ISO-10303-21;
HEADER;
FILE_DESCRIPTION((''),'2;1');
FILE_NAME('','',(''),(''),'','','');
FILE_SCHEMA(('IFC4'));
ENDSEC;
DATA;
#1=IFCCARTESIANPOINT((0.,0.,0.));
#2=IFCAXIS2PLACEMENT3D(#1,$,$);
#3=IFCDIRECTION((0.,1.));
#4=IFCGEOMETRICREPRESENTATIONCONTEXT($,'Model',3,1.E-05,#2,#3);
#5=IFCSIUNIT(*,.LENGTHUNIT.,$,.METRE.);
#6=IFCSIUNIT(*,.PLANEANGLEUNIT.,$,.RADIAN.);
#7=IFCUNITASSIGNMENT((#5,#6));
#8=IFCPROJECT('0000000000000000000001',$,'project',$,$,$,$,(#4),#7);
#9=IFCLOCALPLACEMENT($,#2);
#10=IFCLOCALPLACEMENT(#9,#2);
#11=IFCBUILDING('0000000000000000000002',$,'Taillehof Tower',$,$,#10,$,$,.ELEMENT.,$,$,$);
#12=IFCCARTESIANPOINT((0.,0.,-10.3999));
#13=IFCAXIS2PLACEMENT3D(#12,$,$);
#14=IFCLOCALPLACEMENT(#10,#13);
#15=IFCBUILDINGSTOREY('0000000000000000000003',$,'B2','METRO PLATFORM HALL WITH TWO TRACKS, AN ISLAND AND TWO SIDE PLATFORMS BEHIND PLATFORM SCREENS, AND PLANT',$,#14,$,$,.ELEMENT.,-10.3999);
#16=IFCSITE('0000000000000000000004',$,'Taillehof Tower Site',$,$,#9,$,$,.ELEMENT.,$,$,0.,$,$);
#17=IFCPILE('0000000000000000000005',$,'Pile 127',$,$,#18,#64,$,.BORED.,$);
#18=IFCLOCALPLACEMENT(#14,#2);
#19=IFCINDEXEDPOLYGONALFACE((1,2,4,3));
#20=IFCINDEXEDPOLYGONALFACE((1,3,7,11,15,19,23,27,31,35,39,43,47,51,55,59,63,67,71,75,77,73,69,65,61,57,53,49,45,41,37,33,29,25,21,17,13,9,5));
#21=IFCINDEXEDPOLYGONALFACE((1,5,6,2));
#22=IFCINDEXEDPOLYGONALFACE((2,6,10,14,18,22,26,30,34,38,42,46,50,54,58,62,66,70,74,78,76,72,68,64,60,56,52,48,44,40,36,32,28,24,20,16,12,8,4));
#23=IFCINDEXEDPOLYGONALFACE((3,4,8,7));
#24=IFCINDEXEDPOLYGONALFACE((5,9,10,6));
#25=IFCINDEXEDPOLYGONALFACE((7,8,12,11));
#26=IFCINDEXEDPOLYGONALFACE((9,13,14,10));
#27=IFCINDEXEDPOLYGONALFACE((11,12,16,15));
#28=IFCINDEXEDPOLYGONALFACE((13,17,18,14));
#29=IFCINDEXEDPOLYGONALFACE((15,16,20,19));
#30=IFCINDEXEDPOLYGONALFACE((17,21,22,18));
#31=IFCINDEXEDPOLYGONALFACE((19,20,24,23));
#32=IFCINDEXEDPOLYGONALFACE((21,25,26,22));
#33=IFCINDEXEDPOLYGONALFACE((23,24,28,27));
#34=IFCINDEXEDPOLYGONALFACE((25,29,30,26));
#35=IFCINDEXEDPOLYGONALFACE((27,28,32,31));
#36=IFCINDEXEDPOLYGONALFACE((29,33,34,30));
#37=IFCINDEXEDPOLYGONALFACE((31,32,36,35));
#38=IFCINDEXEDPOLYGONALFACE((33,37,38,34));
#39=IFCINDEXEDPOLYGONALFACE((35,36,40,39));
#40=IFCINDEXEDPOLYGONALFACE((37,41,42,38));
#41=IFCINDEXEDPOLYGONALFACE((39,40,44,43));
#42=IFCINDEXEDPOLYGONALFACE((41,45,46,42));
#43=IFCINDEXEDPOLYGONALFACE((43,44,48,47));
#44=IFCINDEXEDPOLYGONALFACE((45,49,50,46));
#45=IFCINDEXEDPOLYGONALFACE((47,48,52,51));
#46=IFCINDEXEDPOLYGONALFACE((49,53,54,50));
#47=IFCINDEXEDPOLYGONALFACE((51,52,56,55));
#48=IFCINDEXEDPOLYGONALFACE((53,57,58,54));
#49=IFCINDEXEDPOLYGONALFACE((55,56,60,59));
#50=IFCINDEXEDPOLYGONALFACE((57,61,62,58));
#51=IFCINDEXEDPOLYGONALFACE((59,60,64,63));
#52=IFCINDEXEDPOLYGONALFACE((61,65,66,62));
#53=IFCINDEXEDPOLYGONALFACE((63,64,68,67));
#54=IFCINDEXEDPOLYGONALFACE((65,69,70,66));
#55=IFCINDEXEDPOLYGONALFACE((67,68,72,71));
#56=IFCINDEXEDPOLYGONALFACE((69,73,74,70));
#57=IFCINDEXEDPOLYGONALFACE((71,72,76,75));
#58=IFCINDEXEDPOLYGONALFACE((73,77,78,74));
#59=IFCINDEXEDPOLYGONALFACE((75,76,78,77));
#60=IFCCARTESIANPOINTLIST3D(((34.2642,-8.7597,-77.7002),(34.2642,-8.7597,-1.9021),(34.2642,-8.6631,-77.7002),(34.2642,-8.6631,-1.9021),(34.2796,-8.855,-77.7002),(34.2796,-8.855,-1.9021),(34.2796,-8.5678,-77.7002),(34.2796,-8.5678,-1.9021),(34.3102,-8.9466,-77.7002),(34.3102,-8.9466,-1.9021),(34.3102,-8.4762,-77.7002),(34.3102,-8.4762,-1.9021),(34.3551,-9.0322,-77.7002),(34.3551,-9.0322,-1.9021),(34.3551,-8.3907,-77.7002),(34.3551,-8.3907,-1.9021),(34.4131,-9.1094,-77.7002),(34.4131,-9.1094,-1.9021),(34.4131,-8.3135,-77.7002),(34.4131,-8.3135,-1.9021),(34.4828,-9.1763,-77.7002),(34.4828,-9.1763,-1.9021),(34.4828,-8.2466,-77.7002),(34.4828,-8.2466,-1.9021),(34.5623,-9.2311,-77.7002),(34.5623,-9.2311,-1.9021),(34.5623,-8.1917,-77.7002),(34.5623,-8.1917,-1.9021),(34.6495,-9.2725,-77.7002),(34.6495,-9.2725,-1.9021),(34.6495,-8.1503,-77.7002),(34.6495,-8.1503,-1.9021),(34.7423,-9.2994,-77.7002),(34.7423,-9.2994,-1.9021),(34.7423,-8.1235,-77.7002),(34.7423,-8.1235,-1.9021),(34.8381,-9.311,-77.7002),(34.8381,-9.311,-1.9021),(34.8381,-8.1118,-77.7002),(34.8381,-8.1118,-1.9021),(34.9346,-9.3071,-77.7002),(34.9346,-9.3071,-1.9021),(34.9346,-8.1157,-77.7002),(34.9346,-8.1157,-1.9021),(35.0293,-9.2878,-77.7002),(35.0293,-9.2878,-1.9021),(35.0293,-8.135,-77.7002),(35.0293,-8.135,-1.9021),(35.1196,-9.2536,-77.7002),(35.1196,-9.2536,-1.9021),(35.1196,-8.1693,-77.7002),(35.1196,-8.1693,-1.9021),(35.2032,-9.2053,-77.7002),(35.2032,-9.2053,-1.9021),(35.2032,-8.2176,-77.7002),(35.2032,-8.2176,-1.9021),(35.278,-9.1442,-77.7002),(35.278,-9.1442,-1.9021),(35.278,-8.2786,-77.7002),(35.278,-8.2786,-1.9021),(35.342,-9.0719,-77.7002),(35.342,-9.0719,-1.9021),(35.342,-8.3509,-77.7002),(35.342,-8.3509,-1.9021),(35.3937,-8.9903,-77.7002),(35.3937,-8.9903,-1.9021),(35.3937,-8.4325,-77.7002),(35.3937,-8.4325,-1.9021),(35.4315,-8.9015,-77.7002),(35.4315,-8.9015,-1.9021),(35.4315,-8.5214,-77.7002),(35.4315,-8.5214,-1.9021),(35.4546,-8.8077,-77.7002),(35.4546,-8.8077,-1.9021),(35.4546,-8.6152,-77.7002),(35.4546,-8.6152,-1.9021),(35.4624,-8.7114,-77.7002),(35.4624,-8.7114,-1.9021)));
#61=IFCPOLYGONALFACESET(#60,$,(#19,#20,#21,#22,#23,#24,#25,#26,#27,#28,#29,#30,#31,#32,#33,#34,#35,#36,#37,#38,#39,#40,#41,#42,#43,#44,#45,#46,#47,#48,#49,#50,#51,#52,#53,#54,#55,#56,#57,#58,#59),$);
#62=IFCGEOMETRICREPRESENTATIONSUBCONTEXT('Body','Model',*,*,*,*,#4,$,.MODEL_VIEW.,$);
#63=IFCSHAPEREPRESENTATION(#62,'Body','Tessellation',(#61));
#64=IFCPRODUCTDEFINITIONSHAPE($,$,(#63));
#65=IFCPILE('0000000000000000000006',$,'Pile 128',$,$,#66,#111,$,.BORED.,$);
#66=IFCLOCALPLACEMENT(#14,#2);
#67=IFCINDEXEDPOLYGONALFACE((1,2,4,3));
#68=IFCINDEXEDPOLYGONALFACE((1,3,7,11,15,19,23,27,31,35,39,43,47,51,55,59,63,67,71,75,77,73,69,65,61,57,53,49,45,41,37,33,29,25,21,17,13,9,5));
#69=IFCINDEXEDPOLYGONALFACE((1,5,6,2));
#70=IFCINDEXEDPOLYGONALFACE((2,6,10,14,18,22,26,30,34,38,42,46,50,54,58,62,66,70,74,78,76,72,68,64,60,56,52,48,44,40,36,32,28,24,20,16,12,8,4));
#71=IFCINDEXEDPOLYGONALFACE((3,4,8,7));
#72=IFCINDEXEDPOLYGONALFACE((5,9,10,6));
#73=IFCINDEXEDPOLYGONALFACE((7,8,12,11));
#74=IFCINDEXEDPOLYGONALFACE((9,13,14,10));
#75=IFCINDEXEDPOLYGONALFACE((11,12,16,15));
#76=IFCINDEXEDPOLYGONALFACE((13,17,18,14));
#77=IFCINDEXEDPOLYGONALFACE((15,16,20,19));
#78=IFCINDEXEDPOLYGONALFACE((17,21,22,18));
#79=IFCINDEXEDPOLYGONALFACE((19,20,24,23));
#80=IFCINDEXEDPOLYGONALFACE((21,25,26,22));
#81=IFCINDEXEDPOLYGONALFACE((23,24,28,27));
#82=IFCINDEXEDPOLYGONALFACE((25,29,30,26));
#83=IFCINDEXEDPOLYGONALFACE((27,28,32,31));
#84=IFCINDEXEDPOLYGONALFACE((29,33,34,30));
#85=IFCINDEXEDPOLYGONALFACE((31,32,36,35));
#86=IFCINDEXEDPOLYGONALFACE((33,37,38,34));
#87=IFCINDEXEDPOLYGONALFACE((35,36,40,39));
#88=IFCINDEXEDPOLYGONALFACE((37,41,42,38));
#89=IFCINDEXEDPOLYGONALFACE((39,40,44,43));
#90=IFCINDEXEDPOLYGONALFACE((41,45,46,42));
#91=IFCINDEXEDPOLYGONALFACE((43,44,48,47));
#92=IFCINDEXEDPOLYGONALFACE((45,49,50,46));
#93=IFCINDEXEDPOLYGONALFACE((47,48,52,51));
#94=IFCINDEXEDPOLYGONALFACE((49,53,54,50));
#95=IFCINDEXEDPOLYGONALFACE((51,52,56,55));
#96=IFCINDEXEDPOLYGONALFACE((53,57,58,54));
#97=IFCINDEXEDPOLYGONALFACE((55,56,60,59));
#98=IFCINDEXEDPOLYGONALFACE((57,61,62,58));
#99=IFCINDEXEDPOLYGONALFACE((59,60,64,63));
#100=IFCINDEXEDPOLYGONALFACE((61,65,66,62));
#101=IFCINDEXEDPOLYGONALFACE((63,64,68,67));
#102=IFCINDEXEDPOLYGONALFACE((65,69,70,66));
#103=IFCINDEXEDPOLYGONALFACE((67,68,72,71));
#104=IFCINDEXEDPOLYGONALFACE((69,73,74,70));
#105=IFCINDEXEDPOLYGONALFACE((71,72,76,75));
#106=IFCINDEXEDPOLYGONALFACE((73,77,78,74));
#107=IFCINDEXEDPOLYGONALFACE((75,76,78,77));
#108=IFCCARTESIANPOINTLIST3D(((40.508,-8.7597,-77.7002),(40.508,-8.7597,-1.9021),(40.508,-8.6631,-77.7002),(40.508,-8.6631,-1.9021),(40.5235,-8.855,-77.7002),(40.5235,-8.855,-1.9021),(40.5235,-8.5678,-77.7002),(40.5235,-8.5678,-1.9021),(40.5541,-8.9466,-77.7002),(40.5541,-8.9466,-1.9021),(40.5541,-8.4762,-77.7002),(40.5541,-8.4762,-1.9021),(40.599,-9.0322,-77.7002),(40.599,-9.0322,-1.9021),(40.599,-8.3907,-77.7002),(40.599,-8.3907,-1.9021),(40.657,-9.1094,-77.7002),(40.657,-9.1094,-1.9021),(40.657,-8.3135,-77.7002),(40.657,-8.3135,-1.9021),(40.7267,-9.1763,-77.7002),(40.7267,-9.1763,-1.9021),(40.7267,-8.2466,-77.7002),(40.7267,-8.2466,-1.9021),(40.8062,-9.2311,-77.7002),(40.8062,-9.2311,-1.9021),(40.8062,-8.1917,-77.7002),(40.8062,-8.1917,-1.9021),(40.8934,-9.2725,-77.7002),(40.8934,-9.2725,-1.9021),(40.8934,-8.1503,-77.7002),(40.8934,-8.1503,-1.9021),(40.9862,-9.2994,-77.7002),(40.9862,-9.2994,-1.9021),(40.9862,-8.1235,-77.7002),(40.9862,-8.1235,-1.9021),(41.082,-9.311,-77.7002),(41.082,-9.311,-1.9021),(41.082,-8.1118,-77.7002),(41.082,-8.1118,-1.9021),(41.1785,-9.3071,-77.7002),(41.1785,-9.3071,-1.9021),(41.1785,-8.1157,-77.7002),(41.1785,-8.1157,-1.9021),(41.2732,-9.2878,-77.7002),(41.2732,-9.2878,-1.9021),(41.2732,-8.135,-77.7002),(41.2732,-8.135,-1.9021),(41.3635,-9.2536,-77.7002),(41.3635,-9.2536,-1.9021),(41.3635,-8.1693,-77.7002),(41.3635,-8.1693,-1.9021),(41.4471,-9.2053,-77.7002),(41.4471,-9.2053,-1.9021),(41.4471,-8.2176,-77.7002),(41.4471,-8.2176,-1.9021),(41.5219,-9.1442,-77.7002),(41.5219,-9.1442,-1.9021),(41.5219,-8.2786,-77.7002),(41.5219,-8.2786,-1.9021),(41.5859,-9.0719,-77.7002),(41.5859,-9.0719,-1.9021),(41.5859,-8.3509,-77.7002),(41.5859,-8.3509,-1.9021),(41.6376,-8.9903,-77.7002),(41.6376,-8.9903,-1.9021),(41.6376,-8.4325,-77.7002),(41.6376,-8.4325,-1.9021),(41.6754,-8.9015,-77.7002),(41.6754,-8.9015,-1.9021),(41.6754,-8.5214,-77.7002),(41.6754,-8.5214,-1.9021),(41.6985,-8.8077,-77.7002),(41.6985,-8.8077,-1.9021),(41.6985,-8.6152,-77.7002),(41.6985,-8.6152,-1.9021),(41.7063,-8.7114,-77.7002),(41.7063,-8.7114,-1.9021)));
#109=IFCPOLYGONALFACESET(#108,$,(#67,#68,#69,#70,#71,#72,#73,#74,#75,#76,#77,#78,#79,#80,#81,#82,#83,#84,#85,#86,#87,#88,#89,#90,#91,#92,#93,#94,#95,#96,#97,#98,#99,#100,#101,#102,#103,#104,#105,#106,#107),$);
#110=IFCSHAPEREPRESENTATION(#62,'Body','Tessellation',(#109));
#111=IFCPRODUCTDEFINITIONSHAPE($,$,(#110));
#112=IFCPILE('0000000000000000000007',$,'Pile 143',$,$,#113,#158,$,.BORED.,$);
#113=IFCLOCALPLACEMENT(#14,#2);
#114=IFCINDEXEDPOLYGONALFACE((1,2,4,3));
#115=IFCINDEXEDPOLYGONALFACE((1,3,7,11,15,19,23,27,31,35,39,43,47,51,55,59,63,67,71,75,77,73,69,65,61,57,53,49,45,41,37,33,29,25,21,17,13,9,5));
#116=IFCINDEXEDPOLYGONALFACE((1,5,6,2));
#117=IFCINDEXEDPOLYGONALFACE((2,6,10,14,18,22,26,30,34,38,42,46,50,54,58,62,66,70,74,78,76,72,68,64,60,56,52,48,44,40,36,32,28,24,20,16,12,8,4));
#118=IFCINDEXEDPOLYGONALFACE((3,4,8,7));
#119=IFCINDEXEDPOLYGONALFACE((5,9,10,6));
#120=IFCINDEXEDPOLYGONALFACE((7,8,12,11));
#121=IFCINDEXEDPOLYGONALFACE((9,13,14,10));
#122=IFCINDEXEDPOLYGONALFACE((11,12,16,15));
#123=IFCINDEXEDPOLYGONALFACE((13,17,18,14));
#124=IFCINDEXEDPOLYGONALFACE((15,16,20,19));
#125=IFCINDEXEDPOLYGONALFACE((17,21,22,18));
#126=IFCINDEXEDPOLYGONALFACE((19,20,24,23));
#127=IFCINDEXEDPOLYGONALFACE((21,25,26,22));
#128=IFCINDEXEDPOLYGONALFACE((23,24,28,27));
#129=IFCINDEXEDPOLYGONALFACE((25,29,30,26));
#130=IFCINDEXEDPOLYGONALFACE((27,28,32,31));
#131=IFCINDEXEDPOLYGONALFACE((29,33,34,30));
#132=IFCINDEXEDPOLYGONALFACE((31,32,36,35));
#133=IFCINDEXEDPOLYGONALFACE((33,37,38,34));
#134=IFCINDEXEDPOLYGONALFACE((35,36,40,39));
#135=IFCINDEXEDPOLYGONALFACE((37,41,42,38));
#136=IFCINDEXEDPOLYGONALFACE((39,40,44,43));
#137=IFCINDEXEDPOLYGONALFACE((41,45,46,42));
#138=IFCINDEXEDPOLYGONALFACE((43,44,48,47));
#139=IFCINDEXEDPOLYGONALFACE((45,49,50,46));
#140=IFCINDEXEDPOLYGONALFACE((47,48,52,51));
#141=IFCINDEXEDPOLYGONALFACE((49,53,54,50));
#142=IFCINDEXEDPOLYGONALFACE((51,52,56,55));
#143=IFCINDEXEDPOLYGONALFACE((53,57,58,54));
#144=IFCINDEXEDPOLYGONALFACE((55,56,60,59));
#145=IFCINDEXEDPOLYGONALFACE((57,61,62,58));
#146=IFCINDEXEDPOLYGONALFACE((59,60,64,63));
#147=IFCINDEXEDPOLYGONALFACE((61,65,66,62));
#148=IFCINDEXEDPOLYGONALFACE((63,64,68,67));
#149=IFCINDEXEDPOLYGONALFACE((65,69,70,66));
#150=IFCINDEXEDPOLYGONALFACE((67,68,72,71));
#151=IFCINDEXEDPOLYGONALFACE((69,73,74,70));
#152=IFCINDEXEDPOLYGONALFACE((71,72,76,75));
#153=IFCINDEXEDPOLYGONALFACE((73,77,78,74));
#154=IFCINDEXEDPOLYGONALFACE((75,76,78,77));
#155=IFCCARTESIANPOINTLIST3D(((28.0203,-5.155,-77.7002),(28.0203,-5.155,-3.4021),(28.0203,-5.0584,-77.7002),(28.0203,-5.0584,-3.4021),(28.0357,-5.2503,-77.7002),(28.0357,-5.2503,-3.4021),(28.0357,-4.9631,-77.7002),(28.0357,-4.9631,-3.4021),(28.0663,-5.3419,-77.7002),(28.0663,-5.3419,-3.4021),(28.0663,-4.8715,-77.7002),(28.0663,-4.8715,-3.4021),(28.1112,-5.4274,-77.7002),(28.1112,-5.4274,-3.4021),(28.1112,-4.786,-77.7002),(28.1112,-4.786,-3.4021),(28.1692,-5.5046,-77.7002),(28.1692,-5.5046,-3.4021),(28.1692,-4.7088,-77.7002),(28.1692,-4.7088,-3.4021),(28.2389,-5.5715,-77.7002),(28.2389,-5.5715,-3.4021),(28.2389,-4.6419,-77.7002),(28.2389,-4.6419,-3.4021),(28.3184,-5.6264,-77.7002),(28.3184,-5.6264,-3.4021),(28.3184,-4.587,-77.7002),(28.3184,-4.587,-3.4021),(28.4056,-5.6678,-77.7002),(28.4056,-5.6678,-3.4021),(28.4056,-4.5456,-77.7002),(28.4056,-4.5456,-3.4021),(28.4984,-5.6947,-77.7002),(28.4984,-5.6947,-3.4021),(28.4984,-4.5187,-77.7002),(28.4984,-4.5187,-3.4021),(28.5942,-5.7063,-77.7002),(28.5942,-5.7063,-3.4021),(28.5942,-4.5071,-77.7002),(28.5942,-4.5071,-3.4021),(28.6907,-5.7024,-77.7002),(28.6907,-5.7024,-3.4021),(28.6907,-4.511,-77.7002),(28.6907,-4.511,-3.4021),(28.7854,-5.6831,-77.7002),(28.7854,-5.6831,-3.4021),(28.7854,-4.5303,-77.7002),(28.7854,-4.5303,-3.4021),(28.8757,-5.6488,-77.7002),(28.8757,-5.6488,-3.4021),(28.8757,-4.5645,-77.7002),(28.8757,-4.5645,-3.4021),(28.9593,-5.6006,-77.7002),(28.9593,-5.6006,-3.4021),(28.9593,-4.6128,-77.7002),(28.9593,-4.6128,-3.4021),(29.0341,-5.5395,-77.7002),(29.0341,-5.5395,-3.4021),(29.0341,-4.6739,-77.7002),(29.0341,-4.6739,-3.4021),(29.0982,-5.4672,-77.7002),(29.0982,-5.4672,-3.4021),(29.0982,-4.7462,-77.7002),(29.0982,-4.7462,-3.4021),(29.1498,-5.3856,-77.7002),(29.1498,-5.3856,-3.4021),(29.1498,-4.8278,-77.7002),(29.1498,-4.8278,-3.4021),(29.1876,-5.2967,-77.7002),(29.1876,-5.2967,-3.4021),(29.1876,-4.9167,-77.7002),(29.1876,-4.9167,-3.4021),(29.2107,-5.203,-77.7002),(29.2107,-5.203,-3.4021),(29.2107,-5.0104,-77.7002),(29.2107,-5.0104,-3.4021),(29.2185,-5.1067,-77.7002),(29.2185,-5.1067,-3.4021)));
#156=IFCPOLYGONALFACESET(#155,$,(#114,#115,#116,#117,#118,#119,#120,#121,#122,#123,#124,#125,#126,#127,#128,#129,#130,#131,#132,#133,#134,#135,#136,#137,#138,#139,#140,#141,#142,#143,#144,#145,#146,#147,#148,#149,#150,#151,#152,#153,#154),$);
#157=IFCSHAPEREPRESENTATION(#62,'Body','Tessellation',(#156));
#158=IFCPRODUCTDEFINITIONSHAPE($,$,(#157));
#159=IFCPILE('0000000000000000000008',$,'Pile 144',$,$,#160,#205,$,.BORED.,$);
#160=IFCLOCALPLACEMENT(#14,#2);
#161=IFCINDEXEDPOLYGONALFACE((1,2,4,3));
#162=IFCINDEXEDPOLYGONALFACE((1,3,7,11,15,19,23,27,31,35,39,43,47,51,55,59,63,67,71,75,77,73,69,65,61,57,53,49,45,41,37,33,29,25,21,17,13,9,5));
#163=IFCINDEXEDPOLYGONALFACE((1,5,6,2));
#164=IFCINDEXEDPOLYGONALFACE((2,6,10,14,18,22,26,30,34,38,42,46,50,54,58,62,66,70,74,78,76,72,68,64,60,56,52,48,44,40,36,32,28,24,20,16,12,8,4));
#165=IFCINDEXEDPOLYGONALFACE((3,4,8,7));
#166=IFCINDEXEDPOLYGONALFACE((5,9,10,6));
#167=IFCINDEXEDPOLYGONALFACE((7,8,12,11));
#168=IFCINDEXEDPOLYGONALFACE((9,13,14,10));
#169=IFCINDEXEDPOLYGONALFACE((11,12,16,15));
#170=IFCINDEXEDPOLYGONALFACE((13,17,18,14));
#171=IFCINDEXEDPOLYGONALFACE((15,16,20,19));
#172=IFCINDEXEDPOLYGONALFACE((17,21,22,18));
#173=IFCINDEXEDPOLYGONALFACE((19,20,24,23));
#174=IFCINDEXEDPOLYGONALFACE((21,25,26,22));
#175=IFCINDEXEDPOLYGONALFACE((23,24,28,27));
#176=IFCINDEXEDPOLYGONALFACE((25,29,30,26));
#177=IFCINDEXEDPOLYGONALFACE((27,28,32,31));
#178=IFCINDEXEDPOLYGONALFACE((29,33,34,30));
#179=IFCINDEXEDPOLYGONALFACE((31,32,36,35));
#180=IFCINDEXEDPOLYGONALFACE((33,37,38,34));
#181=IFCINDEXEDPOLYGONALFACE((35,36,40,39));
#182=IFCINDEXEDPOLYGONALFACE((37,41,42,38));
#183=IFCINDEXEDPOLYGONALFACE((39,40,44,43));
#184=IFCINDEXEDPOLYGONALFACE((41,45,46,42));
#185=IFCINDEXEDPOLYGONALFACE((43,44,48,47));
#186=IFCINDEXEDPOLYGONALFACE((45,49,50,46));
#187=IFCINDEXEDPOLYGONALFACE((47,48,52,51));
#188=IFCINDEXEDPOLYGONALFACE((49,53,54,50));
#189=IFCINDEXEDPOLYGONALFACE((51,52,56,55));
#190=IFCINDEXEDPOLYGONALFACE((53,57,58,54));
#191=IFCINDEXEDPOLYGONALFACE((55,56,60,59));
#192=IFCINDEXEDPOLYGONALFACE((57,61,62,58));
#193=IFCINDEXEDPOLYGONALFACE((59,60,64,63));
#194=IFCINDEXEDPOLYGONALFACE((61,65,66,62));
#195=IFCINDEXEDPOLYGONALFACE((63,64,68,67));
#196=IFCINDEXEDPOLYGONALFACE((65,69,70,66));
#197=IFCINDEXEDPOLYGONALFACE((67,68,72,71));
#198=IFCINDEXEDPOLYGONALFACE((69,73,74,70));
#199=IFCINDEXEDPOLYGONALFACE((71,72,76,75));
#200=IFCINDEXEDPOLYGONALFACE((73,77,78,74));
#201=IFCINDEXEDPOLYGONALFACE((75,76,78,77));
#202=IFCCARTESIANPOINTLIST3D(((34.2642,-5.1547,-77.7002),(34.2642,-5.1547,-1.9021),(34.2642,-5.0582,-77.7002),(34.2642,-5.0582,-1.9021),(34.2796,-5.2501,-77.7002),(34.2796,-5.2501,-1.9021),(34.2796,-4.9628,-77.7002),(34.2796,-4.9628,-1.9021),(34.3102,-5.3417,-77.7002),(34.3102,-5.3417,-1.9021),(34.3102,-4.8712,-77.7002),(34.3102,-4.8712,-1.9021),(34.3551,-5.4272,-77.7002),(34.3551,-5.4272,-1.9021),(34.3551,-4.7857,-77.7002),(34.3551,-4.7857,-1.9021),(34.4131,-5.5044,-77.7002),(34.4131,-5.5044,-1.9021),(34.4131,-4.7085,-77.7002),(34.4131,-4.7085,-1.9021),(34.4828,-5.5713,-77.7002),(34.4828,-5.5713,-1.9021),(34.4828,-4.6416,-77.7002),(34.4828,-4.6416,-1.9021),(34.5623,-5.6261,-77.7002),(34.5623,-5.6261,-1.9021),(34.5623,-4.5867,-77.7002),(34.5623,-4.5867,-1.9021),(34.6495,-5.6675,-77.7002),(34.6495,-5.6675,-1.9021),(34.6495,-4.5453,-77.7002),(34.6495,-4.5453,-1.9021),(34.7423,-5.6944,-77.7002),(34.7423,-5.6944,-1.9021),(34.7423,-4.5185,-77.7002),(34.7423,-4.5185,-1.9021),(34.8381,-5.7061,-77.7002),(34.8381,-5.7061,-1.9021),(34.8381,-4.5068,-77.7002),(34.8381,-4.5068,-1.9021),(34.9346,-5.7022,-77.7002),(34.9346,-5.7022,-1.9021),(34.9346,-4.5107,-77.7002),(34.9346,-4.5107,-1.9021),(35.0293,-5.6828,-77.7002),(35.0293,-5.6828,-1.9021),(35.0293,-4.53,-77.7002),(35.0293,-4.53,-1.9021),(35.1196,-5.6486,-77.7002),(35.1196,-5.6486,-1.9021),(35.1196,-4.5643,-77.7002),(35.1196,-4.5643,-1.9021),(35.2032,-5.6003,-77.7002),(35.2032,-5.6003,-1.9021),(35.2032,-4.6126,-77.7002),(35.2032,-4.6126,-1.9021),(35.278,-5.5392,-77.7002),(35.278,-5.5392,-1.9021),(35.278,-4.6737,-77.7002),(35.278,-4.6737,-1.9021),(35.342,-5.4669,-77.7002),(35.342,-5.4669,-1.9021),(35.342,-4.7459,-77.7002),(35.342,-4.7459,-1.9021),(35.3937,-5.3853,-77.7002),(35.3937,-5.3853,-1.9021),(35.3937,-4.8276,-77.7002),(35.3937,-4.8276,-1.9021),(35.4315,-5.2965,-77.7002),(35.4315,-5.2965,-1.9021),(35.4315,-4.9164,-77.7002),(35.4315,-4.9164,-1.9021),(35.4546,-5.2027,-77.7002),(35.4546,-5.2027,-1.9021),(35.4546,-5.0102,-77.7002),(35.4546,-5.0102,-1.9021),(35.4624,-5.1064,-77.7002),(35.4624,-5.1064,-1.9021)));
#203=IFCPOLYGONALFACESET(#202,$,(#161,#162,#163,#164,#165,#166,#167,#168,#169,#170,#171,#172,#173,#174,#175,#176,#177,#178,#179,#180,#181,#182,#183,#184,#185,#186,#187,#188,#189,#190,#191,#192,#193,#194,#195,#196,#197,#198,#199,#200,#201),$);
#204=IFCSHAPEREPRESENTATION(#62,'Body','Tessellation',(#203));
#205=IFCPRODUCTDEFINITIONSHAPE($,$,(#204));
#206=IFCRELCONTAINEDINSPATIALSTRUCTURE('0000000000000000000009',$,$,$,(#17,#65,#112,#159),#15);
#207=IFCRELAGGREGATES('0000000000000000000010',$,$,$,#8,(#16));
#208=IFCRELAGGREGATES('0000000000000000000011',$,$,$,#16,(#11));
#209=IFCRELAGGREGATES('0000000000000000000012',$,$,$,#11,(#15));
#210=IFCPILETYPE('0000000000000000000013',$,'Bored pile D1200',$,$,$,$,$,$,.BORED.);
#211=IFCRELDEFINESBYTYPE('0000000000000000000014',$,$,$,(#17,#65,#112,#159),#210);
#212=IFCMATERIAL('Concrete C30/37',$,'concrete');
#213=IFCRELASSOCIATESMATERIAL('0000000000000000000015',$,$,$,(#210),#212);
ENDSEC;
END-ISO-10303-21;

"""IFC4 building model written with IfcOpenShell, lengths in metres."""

from ifc_helpers import new_model, si_unit, direction, frame, origin, origin_2d, place, context, subcontext, project, spatial, circle, extrude, material, material_profile, profile_set, type_object, element, save


model = new_model("IFC4")

# Units and contexts
model_context = context("Model", 3, precision=1e-05, world=origin(), true_north=direction((0.0, 1.0)))
body_context = subcontext(model_context, "Body", "Model", "MODEL_VIEW")
ifc_project = project(units=[si_unit("LENGTHUNIT", "METRE"), si_unit("PLANEANGLEUNIT", "RADIAN")], contexts=[model_context])

# Site, building, storey
site_placement = place(None, origin())
site = spatial("IfcSite", under=ifc_project, at=site_placement, Name="Taillehof Tower Site", CompositionType="ELEMENT", RefElevation=0.0)
building_placement = place(site_placement, origin())
building = spatial("IfcBuilding", under=site, at=building_placement, Name="Taillehof Tower", CompositionType="ELEMENT")
storey_placement = place(building_placement, frame((0.0, 0.0, -10.3999)))
storey = spatial("IfcBuildingStorey", under=building, at=storey_placement, Name="B2", Description="METRO PLATFORM HALL WITH TWO TRACKS, AN ISLAND AND TWO SIDE PLATFORMS BEHIND PLATFORM SCREENS, AND PLANT", CompositionType="ELEMENT", Elevation=-10.3999)

# Piles
ifc_material_1 = material(Name="Concrete C30/37", Category="concrete")
ifc_material_profile_1 = material_profile(ifc_material_1, circle(Radius=0.6001, at=origin_2d()), Name="BP D1200")
ifc_profile_set_1 = profile_set([ifc_material_profile_1], Name="Concrete C30/37")
pile_type = type_object("IfcPileType", Name="Bored pile D1200", PredefinedType="BORED", material=ifc_profile_set_1)
for number, where, z_axis, x_axis, name in (
    (1, (34.8623, -8.7114, -1.9021), (0.0, 0.0, -1.0), (1.0, 0.0, 0.0), "Pile 127"),
    (2, (41.1062, -8.7114, -1.9021), (0.0, 0.0, -1.0), (1.0, 0.0, 0.0), "Pile 128"),
):
    element("IfcPile", number, at=place(storey_placement, frame(where, z_axis=z_axis, x_axis=x_axis)), inside=storey, type_object=pile_type, Name=name, PredefinedType="BORED", context=body_context, shape_type="SweptSolid", body=[
        extrude(circle(Radius=0.6001, at=origin_2d()), origin(), (0.0, 0.0, 1.0), 75.7981),
    ])
pile_1_placement = place(storey_placement, frame((28.6184, -5.1067, -3.4021), z_axis=(0.0, 0.0, -1.0), x_axis=(1.0, 0.0, 0.0)))
element("IfcPile", 3, at=pile_1_placement, inside=storey, type_object=pile_type, Name="Pile 143", PredefinedType="BORED", context=body_context, shape_type="SweptSolid", body=[
    extrude(circle(Radius=0.6001, at=origin_2d()), origin(), (0.0, 0.0, 1.0), 74.2981),
])
for number, where, z_axis, x_axis, name in (
    (4, (34.8623, -5.1064, -1.9021), (0.0, 0.0, -1.0), (1.0, 0.0, 0.0), "Pile 144"),
):
    element("IfcPile", number, at=place(storey_placement, frame(where, z_axis=z_axis, x_axis=x_axis)), inside=storey, type_object=pile_type, Name=name, PredefinedType="BORED", context=body_context, shape_type="SweptSolid", body=[
        extrude(circle(Radius=0.6001, at=origin_2d()), origin(), (0.0, 0.0, 1.0), 75.7981),
    ])

save(model, "model.ifc")
